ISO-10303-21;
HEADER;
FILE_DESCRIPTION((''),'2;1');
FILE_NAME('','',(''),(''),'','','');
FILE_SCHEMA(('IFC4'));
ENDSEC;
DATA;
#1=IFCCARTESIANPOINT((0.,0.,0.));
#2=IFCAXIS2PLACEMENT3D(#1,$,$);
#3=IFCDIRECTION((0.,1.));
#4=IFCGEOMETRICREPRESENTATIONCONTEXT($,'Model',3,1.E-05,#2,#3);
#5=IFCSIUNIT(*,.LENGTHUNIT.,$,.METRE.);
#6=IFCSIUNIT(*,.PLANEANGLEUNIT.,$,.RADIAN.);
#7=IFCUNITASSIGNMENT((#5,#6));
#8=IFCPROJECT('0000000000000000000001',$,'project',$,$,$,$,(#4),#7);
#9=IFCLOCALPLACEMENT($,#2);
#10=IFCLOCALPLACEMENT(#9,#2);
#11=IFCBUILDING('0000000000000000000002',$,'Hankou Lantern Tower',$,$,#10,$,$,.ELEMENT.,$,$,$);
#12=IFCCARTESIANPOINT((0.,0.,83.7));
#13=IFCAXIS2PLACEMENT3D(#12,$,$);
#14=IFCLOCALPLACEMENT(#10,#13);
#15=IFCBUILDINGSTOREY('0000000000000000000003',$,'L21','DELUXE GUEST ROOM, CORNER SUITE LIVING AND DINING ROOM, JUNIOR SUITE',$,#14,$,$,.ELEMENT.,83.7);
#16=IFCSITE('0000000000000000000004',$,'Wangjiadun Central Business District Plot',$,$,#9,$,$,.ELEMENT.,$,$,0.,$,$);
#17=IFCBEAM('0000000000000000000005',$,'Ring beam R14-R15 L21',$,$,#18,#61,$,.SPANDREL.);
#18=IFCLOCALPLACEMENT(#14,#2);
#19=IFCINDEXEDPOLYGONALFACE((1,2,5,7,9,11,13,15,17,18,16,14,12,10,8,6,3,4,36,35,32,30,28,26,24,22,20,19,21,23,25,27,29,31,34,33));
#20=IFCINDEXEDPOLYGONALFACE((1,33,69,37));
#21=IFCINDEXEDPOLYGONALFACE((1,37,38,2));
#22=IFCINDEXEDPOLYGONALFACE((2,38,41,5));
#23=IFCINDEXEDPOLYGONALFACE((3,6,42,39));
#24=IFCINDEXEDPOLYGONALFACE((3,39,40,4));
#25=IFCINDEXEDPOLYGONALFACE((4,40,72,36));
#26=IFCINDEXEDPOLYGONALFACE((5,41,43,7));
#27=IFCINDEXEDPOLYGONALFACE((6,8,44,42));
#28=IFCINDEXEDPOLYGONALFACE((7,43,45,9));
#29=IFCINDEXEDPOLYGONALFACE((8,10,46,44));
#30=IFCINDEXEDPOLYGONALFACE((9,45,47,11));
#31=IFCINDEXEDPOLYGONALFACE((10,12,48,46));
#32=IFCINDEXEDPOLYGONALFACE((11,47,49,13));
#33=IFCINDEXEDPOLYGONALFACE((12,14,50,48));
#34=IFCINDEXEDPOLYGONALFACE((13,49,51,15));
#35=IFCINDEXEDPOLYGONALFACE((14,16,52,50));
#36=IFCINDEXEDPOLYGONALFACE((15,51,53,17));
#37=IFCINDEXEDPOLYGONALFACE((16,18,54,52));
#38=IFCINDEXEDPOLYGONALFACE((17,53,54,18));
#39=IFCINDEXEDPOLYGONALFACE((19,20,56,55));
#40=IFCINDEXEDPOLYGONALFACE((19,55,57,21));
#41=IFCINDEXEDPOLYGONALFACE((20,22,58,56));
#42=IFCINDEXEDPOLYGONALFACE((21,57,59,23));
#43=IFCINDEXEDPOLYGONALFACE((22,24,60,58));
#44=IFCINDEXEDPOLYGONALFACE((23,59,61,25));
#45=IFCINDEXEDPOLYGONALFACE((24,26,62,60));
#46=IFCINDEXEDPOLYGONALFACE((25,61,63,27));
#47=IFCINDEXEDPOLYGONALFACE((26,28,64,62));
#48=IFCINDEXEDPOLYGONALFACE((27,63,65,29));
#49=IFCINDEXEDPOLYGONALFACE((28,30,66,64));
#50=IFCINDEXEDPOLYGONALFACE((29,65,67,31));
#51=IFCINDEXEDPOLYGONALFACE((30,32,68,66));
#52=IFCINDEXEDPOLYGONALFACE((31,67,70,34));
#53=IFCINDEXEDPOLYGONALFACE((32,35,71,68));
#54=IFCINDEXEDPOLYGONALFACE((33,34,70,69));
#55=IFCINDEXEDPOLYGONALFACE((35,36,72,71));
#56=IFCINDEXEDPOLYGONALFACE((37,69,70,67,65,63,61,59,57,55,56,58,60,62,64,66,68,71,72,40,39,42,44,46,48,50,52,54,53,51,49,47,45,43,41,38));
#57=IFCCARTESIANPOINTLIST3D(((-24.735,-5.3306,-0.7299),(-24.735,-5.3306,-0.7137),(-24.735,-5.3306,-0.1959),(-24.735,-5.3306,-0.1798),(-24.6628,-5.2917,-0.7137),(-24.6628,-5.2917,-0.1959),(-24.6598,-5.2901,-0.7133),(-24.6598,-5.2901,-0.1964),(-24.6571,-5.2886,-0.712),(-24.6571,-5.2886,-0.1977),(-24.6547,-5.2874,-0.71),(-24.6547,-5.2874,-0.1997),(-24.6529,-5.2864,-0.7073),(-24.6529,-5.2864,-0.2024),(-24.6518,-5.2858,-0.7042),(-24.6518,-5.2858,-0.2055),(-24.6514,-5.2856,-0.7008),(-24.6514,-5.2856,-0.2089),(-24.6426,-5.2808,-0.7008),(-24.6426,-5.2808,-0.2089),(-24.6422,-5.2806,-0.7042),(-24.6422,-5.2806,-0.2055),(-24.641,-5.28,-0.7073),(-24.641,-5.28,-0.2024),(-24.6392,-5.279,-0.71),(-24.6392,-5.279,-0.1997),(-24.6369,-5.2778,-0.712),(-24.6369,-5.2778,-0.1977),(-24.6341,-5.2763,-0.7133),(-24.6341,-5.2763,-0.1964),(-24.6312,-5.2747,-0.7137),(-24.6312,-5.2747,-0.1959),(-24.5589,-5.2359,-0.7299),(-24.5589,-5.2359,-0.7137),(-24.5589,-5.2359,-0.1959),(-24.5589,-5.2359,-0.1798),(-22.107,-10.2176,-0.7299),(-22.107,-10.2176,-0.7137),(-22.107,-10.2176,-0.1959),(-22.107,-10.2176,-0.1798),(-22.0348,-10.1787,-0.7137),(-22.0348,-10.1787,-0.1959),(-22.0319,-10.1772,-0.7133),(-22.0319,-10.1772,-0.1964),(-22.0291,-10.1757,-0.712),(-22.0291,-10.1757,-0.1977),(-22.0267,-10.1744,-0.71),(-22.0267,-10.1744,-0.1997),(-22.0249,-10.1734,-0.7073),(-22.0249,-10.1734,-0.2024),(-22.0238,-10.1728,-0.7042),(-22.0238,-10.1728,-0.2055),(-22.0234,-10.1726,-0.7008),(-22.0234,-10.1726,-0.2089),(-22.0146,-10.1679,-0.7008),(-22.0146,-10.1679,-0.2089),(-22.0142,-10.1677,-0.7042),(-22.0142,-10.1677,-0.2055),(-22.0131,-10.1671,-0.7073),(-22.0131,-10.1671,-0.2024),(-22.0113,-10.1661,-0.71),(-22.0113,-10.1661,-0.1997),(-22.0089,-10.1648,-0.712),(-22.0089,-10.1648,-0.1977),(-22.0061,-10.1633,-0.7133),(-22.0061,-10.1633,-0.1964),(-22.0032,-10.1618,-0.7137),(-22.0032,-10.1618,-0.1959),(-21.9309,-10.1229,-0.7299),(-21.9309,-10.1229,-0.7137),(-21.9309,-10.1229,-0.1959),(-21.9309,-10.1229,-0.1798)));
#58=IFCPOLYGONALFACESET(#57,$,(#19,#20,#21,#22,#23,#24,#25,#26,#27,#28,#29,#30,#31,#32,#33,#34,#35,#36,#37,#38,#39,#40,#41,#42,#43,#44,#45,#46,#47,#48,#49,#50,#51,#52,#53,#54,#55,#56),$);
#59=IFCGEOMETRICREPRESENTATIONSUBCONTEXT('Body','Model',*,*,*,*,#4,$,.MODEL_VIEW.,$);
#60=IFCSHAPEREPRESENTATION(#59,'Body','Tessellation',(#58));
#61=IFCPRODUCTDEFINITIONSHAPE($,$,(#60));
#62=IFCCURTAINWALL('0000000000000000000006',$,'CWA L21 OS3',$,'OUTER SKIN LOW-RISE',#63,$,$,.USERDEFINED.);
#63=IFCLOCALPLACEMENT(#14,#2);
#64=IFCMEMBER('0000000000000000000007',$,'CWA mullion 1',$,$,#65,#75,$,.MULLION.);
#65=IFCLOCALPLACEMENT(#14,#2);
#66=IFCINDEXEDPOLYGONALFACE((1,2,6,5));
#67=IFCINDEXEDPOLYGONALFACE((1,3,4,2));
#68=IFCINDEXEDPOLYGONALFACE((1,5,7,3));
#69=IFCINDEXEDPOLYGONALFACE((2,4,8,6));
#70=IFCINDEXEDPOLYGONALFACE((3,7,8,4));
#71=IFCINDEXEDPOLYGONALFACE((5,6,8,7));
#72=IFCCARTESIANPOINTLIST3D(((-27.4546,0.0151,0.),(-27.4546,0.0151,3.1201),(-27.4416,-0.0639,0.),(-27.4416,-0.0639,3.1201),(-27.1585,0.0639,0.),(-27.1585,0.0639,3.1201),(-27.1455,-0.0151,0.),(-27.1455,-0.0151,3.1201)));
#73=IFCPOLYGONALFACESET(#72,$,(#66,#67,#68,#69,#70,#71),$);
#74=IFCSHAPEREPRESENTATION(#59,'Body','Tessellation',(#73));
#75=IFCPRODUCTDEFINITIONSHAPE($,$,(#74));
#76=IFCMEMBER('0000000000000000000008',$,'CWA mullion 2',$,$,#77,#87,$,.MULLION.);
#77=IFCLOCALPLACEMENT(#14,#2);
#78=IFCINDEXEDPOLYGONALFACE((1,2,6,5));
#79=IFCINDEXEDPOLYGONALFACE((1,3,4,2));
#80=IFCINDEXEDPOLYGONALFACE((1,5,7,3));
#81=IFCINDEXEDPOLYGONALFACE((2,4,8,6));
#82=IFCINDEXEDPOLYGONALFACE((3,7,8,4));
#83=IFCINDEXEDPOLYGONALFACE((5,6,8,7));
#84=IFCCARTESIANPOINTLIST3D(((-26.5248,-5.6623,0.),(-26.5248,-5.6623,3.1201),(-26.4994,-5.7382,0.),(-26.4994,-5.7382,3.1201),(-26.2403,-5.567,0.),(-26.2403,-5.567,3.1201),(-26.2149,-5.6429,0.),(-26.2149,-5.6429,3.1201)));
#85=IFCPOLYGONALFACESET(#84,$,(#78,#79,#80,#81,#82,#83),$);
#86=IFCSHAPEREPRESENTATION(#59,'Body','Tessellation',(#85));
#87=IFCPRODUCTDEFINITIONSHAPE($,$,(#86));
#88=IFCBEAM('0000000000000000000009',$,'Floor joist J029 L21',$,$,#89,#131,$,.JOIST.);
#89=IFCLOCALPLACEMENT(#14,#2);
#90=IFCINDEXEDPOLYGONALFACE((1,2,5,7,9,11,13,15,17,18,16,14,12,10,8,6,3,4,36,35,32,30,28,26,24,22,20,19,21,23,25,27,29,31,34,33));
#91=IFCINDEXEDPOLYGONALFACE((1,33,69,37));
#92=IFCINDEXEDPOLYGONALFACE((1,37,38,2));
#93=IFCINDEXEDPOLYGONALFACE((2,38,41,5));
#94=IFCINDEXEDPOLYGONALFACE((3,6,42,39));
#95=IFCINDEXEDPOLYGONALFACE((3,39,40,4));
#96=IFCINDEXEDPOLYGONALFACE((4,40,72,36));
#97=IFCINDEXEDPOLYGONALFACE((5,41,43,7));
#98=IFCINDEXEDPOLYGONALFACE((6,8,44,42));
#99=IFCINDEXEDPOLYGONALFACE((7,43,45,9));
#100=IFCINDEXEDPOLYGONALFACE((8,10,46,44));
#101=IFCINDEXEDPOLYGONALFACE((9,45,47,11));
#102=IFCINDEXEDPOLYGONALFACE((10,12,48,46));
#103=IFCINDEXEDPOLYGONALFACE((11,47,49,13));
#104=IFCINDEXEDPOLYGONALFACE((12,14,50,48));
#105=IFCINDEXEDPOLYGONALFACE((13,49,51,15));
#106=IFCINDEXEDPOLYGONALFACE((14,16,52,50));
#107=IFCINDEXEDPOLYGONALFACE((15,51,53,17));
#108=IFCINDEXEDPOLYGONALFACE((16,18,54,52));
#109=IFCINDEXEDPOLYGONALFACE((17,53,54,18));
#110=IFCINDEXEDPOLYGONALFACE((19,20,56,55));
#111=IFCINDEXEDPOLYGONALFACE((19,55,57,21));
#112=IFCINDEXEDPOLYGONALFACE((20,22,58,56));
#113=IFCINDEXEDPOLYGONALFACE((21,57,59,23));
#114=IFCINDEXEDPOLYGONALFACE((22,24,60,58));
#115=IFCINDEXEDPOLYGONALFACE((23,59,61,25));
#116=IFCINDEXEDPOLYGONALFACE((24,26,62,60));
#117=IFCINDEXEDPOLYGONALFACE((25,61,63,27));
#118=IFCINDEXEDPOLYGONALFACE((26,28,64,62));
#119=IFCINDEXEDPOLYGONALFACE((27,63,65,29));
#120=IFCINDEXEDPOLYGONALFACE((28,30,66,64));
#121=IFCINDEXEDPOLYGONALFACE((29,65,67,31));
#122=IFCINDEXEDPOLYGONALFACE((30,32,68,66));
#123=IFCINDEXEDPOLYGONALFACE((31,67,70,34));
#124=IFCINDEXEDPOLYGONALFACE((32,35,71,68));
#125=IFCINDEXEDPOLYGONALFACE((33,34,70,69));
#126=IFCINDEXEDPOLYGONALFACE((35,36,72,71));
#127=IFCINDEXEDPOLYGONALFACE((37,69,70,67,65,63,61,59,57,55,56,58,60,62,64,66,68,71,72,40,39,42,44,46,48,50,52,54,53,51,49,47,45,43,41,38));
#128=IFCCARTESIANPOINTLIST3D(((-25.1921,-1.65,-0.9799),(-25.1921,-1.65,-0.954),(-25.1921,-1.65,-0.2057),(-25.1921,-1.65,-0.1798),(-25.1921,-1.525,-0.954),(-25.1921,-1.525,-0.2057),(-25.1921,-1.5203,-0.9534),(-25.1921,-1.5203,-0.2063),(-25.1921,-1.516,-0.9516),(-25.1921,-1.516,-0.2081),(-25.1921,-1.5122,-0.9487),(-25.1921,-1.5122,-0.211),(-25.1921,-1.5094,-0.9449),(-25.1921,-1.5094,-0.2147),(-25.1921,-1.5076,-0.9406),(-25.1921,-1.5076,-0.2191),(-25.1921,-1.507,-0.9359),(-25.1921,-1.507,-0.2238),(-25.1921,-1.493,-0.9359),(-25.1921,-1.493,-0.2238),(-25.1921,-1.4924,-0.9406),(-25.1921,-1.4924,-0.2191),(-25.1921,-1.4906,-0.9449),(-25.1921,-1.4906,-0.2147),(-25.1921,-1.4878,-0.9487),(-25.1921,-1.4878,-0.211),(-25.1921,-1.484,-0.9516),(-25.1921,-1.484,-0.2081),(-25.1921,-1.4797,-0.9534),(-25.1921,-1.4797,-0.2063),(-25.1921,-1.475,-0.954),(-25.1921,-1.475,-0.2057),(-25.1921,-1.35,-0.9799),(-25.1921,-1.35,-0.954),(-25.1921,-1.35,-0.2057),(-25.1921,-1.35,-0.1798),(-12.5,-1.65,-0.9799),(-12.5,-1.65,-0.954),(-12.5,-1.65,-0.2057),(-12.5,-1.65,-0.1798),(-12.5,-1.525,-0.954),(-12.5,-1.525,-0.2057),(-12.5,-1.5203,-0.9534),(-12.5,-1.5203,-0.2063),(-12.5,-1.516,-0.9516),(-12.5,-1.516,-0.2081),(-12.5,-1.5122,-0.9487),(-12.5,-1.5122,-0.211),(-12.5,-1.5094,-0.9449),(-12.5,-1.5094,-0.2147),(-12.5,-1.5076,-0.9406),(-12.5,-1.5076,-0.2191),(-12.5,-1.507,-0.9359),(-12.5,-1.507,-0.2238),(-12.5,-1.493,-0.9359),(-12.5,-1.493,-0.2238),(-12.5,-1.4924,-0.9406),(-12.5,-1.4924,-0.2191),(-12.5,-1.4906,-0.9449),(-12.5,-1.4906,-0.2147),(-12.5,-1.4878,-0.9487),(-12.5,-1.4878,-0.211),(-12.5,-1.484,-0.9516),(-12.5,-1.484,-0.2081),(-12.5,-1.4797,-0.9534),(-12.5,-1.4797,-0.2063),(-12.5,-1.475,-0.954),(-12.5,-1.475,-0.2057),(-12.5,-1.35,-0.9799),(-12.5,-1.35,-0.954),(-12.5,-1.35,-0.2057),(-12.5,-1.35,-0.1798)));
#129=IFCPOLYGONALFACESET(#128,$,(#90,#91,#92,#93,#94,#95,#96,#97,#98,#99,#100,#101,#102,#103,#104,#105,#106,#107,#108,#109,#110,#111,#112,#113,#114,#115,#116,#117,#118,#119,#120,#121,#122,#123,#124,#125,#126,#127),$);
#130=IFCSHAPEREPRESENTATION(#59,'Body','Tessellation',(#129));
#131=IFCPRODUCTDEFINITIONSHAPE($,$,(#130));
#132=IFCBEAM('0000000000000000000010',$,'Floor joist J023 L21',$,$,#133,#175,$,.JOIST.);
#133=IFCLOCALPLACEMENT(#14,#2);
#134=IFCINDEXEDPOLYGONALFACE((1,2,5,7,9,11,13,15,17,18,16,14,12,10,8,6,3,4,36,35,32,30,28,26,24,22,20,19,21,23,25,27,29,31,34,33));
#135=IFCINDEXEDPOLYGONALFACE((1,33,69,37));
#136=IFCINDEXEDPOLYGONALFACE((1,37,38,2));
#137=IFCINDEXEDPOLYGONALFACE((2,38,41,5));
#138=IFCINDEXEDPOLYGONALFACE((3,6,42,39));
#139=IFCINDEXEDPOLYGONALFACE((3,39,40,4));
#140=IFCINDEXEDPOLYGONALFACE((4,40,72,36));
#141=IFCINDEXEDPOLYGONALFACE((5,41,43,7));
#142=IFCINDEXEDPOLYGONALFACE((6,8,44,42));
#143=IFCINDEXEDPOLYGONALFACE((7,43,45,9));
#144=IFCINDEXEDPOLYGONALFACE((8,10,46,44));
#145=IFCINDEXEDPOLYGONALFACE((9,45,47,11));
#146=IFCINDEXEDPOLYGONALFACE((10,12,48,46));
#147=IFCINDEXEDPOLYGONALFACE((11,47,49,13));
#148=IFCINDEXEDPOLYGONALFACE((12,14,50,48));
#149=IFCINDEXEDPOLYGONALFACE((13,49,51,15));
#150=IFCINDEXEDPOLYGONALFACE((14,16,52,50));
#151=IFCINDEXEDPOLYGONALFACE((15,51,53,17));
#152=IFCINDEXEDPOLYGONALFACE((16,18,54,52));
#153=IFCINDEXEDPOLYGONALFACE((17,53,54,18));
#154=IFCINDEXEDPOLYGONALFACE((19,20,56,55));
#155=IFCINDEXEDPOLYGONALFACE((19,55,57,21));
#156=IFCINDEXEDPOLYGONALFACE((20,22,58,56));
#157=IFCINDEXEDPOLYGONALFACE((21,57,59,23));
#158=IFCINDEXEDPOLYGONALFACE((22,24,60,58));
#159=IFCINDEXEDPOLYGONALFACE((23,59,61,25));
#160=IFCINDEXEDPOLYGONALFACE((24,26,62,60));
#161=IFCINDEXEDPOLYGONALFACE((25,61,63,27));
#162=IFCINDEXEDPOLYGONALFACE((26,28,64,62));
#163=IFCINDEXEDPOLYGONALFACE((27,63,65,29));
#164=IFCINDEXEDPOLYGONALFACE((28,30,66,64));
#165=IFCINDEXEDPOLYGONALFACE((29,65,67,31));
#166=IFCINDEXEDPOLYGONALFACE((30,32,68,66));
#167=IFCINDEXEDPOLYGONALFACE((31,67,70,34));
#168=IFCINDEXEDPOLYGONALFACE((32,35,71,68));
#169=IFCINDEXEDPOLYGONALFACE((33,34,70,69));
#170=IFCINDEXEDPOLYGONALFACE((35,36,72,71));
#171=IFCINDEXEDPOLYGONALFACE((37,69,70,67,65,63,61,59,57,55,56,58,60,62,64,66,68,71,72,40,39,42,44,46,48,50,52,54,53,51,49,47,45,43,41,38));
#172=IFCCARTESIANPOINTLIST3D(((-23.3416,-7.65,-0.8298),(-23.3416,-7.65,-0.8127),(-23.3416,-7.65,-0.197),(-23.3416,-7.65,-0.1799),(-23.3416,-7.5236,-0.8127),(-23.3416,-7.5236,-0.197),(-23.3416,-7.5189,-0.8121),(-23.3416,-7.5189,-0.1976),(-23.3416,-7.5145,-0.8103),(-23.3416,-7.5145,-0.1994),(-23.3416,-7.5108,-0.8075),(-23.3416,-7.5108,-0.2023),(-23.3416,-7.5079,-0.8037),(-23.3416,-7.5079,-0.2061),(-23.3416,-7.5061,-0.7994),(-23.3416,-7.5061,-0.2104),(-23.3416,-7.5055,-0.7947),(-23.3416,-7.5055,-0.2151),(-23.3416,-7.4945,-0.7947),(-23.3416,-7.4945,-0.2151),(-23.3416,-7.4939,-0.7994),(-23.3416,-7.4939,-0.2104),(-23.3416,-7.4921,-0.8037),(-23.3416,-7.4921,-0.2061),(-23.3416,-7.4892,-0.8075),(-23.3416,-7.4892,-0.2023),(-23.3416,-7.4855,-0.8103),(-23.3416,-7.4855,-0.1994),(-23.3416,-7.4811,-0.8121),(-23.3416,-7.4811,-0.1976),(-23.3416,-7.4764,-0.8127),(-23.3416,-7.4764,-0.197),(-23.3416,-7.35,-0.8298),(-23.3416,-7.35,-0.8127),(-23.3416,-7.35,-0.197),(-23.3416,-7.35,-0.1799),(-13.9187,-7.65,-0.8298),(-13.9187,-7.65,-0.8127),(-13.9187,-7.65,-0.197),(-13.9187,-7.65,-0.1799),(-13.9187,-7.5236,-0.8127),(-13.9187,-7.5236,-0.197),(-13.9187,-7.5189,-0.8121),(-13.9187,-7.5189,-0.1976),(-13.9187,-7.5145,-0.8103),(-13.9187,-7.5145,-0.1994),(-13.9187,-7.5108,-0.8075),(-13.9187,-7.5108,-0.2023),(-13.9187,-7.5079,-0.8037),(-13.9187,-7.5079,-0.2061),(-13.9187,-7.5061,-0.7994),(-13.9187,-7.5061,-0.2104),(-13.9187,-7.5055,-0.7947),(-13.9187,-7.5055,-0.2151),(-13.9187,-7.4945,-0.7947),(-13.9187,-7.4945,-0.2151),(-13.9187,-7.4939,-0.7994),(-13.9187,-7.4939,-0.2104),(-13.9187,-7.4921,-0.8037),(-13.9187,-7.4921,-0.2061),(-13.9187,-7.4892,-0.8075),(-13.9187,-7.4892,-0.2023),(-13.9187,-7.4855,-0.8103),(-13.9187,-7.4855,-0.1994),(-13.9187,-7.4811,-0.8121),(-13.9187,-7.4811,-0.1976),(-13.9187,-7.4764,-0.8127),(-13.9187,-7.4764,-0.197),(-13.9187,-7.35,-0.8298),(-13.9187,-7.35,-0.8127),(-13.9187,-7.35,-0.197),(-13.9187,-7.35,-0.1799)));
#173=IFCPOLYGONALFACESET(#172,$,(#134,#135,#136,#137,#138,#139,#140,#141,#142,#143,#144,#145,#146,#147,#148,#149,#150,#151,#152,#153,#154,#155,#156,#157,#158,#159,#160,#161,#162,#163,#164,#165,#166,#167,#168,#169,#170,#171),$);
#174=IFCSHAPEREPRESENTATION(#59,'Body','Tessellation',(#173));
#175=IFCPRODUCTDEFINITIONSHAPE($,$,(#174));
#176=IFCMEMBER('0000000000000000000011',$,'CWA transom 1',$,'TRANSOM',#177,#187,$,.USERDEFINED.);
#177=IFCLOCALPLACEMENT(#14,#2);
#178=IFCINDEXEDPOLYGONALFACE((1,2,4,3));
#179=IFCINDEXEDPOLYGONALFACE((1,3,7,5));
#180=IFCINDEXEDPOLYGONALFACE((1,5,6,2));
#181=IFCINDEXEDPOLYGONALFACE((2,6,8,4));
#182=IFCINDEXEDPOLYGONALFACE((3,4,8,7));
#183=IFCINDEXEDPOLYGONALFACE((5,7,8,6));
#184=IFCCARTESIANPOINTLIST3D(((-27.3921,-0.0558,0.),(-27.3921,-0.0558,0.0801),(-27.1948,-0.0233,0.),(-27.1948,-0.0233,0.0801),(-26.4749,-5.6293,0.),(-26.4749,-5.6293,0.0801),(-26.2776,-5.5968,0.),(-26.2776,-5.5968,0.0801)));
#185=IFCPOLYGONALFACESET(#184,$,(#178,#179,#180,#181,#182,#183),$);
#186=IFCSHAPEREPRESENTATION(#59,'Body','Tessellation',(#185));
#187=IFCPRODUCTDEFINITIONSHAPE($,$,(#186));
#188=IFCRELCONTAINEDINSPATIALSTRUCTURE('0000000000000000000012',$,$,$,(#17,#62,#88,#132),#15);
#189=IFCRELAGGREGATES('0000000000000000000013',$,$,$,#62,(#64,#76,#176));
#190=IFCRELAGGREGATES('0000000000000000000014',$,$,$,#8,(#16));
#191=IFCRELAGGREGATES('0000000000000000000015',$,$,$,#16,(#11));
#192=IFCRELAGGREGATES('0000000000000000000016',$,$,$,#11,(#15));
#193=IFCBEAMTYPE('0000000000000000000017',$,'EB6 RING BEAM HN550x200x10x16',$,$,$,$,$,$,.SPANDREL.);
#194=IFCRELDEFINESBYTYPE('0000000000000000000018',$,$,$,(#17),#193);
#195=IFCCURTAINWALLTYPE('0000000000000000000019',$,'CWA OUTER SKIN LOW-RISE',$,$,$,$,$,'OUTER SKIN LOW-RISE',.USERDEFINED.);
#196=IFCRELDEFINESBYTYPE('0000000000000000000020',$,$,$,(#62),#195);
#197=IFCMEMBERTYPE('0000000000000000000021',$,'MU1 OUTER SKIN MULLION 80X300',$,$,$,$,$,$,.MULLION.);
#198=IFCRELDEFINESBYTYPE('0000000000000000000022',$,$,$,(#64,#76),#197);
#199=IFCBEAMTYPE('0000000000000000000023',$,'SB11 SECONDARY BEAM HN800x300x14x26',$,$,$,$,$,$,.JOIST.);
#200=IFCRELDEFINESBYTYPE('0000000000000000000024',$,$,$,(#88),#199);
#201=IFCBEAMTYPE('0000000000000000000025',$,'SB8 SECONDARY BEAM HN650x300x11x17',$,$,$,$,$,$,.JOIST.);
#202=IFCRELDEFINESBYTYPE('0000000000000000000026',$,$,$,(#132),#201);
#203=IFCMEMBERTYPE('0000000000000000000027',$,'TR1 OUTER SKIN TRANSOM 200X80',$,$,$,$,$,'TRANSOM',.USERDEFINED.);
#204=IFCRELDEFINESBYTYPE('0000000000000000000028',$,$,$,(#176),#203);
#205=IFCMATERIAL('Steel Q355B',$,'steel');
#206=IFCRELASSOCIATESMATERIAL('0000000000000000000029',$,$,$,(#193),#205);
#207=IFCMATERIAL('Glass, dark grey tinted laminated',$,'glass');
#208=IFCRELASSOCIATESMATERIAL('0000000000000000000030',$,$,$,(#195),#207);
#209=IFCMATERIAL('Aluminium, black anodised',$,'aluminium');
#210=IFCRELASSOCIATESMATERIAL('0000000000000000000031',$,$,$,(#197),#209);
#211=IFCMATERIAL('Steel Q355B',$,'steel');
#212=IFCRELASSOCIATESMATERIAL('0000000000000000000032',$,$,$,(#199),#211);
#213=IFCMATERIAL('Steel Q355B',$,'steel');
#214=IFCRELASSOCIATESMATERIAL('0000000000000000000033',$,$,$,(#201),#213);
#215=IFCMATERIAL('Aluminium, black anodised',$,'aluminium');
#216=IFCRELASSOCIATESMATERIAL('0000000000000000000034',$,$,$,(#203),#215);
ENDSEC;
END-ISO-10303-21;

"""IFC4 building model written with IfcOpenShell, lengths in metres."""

from ifc_helpers import new_model, si_unit, direction, frame, origin, origin_2d, place, context, subcontext, project, spatial, rectangle, i_section, extrude, material, material_profile, profile_set, type_object, element, aggregate, save


model = new_model("IFC4")

# Units and contexts
model_context = context("Model", 3, precision=1e-05, world=origin(), true_north=direction((0.0, 1.0)))
body_context = subcontext(model_context, "Body", "Model", "MODEL_VIEW")
ifc_project = project(units=[si_unit("LENGTHUNIT", "METRE"), si_unit("PLANEANGLEUNIT", "RADIAN")], contexts=[model_context])

# Site, building, storey
site_placement = place(None, origin())
site = spatial("IfcSite", under=ifc_project, at=site_placement, Name="Wangjiadun Central Business District Plot", CompositionType="ELEMENT", RefElevation=0.0)
building_placement = place(site_placement, origin())
building = spatial("IfcBuilding", under=site, at=building_placement, Name="Hankou Lantern Tower", CompositionType="ELEMENT")
storey_placement = place(building_placement, frame((0.0, 0.0, 83.7)))
storey = spatial("IfcBuildingStorey", under=building, at=storey_placement, Name="L21", Description="DELUXE GUEST ROOM, CORNER SUITE LIVING AND DINING ROOM, JUNIOR SUITE", CompositionType="ELEMENT", Elevation=83.7)

# Beam
ifc_material_1 = material(Name="Steel Q355B", Category="steel")
ifc_material_profile_1 = material_profile(ifc_material_1, i_section(OverallWidth=0.2, OverallDepth=0.55, WebThickness=0.01, FlangeThickness=0.0161, FilletRadius=0.0129, at=origin_2d()), Name="HN550x200x10x16")
ifc_profile_set_1 = profile_set([ifc_material_profile_1], Name="Steel Q355B")
beam_type_1 = type_object("IfcBeamType", Name="EB6 RING BEAM HN550x200x10x16", PredefinedType="SPANDREL", material=ifc_profile_set_1)
beam_1_placement = place(storey_placement, frame((-24.647, -5.2832, -0.4548), z_axis=(0.473609, -0.880735, 0.0), x_axis=(0.880735, 0.473609, 0.0)))
element("IfcBeam", 1, at=beam_1_placement, inside=storey, type_object=beam_type_1, Name="Ring beam R14-R15 L21", PredefinedType="SPANDREL", context=body_context, shape_type="SweptSolid", body=[
    extrude(i_section(OverallWidth=0.2, OverallDepth=0.55, WebThickness=0.01, FlangeThickness=0.0161, FilletRadius=0.0129, at=origin_2d()), origin(), (0.0, 0.0, 1.0), 5.5488),
])

# Curtain wall, members
ifc_material_2 = material(Name="Glass, dark grey tinted laminated", Category="glass")
curtain_wall_type = type_object("IfcCurtainWallType", Name="CWA OUTER SKIN LOW-RISE", ElementType="OUTER SKIN LOW-RISE", PredefinedType="USERDEFINED", material=ifc_material_2)
curtain_wall_placement = place(storey_placement, origin())
curtain_wall = element("IfcCurtainWall", 2, at=curtain_wall_placement, inside=storey, type_object=curtain_wall_type, Name="CWA L21 OS3", ObjectType="OUTER SKIN LOW-RISE", PredefinedType="USERDEFINED")
ifc_material_3 = material(Name="Aluminium, black anodised", Category="aluminium")
ifc_material_profile_2 = material_profile(ifc_material_3, rectangle(XDim=0.0801, YDim=0.3, at=origin_2d()), Name="MU1 80X300")
ifc_profile_set_2 = profile_set([ifc_material_profile_2], Name="Aluminium, black anodised")
member_type_1 = type_object("IfcMemberType", Name="MU1 OUTER SKIN MULLION 80X300", PredefinedType="MULLION", material=ifc_profile_set_2)
member_1_placement = place(storey_placement, frame((-27.3, 0.0, 0.0), z_axis=(0.0, 0.0, 1.0), x_axis=(0.162382, -0.986728, 0.0)))
member_1 = element("IfcMember", 3, at=member_1_placement, type_object=member_type_1, Name="CWA mullion 1", PredefinedType="MULLION", context=body_context, shape_type="SweptSolid", body=[
    extrude(rectangle(XDim=0.0801, YDim=0.3, at=origin_2d()), origin(), (0.0, 0.0, 1.0), 3.1201),
])
member_2_placement = place(storey_placement, frame((-26.3699, -5.6526, 0.0), z_axis=(0.0, 0.0, 1.0), x_axis=(0.317596, -0.948226, 0.0)))
member_2 = element("IfcMember", 4, at=member_2_placement, type_object=member_type_1, Name="CWA mullion 2", PredefinedType="MULLION", context=body_context, shape_type="SweptSolid", body=[
    extrude(rectangle(XDim=0.0801, YDim=0.3, at=origin_2d()), origin(), (0.0, 0.0, 1.0), 3.1201),
])

# Beams
ifc_material_4 = material(Name="Steel Q355B", Category="steel")
ifc_material_profile_3 = material_profile(ifc_material_4, i_section(OverallWidth=0.3, OverallDepth=0.8, WebThickness=0.0139, FlangeThickness=0.0259, FilletRadius=0.0181, at=origin_2d()), Name="HN800x300x14x26")
ifc_profile_set_3 = profile_set([ifc_material_profile_3], Name="Steel Q355B")
beam_type_2 = type_object("IfcBeamType", Name="SB11 SECONDARY BEAM HN800x300x14x26", PredefinedType="JOIST", material=ifc_profile_set_3)
beam_2_placement = place(storey_placement, frame((-25.1921, -1.5, -0.5798), z_axis=(1.0, 0.0, 0.0), x_axis=(0.0, 1.0, 0.0)))
element("IfcBeam", 5, at=beam_2_placement, inside=storey, type_object=beam_type_2, Name="Floor joist J029 L21", PredefinedType="JOIST", context=body_context, shape_type="SweptSolid", body=[
    extrude(i_section(OverallWidth=0.3, OverallDepth=0.8, WebThickness=0.0139, FlangeThickness=0.0259, FilletRadius=0.0181, at=origin_2d()), origin(), (0.0, 0.0, 1.0), 12.6921),
])
ifc_material_5 = material(Name="Steel Q355B", Category="steel")
ifc_material_profile_4 = material_profile(ifc_material_5, i_section(OverallWidth=0.3, OverallDepth=0.6499, WebThickness=0.011, FlangeThickness=0.0171, FilletRadius=0.0181, at=origin_2d()), Name="HN650x300x11x17")
ifc_profile_set_4 = profile_set([ifc_material_profile_4], Name="Steel Q355B")
beam_type_3 = type_object("IfcBeamType", Name="SB8 SECONDARY BEAM HN650x300x11x17", PredefinedType="JOIST", material=ifc_profile_set_4)
beam_3_placement = place(storey_placement, frame((-23.3416, -7.5, -0.5049), z_axis=(1.0, 0.0, 0.0), x_axis=(0.0, 1.0, 0.0)))
element("IfcBeam", 6, at=beam_3_placement, inside=storey, type_object=beam_type_3, Name="Floor joist J023 L21", PredefinedType="JOIST", context=body_context, shape_type="SweptSolid", body=[
    extrude(i_section(OverallWidth=0.3, OverallDepth=0.6499, WebThickness=0.011, FlangeThickness=0.0171, FilletRadius=0.0181, at=origin_2d()), origin(), (0.0, 0.0, 1.0), 9.4229),
])

# Member
ifc_material_6 = material(Name="Aluminium, black anodised", Category="aluminium")
ifc_material_profile_5 = material_profile(ifc_material_6, rectangle(XDim=0.2, YDim=0.0801, at=origin_2d()), Name="TR1 200X80")
ifc_profile_set_5 = profile_set([ifc_material_profile_5], Name="Aluminium, black anodised")
member_type_2 = type_object("IfcMemberType", Name="TR1 OUTER SKIN TRANSOM 200X80", ElementType="TRANSOM", PredefinedType="USERDEFINED", material=ifc_profile_set_5)
member_3_placement = place(storey_placement, frame((-27.2935, -0.0396, 0.04), z_axis=(0.162387, -0.986727, 0.0), x_axis=(0.986727, 0.162387, 0.0)))
member_3 = element("IfcMember", 7, at=member_3_placement, type_object=member_type_2, Name="CWA transom 1", ObjectType="TRANSOM", PredefinedType="USERDEFINED", context=body_context, shape_type="SweptSolid", body=[
    extrude(rectangle(XDim=0.2, YDim=0.0801, at=origin_2d()), origin(), (0.0, 0.0, 1.0), 5.6484),
])

aggregate(curtain_wall, [member_1, member_2, member_3])

save(model, "model.ifc")
